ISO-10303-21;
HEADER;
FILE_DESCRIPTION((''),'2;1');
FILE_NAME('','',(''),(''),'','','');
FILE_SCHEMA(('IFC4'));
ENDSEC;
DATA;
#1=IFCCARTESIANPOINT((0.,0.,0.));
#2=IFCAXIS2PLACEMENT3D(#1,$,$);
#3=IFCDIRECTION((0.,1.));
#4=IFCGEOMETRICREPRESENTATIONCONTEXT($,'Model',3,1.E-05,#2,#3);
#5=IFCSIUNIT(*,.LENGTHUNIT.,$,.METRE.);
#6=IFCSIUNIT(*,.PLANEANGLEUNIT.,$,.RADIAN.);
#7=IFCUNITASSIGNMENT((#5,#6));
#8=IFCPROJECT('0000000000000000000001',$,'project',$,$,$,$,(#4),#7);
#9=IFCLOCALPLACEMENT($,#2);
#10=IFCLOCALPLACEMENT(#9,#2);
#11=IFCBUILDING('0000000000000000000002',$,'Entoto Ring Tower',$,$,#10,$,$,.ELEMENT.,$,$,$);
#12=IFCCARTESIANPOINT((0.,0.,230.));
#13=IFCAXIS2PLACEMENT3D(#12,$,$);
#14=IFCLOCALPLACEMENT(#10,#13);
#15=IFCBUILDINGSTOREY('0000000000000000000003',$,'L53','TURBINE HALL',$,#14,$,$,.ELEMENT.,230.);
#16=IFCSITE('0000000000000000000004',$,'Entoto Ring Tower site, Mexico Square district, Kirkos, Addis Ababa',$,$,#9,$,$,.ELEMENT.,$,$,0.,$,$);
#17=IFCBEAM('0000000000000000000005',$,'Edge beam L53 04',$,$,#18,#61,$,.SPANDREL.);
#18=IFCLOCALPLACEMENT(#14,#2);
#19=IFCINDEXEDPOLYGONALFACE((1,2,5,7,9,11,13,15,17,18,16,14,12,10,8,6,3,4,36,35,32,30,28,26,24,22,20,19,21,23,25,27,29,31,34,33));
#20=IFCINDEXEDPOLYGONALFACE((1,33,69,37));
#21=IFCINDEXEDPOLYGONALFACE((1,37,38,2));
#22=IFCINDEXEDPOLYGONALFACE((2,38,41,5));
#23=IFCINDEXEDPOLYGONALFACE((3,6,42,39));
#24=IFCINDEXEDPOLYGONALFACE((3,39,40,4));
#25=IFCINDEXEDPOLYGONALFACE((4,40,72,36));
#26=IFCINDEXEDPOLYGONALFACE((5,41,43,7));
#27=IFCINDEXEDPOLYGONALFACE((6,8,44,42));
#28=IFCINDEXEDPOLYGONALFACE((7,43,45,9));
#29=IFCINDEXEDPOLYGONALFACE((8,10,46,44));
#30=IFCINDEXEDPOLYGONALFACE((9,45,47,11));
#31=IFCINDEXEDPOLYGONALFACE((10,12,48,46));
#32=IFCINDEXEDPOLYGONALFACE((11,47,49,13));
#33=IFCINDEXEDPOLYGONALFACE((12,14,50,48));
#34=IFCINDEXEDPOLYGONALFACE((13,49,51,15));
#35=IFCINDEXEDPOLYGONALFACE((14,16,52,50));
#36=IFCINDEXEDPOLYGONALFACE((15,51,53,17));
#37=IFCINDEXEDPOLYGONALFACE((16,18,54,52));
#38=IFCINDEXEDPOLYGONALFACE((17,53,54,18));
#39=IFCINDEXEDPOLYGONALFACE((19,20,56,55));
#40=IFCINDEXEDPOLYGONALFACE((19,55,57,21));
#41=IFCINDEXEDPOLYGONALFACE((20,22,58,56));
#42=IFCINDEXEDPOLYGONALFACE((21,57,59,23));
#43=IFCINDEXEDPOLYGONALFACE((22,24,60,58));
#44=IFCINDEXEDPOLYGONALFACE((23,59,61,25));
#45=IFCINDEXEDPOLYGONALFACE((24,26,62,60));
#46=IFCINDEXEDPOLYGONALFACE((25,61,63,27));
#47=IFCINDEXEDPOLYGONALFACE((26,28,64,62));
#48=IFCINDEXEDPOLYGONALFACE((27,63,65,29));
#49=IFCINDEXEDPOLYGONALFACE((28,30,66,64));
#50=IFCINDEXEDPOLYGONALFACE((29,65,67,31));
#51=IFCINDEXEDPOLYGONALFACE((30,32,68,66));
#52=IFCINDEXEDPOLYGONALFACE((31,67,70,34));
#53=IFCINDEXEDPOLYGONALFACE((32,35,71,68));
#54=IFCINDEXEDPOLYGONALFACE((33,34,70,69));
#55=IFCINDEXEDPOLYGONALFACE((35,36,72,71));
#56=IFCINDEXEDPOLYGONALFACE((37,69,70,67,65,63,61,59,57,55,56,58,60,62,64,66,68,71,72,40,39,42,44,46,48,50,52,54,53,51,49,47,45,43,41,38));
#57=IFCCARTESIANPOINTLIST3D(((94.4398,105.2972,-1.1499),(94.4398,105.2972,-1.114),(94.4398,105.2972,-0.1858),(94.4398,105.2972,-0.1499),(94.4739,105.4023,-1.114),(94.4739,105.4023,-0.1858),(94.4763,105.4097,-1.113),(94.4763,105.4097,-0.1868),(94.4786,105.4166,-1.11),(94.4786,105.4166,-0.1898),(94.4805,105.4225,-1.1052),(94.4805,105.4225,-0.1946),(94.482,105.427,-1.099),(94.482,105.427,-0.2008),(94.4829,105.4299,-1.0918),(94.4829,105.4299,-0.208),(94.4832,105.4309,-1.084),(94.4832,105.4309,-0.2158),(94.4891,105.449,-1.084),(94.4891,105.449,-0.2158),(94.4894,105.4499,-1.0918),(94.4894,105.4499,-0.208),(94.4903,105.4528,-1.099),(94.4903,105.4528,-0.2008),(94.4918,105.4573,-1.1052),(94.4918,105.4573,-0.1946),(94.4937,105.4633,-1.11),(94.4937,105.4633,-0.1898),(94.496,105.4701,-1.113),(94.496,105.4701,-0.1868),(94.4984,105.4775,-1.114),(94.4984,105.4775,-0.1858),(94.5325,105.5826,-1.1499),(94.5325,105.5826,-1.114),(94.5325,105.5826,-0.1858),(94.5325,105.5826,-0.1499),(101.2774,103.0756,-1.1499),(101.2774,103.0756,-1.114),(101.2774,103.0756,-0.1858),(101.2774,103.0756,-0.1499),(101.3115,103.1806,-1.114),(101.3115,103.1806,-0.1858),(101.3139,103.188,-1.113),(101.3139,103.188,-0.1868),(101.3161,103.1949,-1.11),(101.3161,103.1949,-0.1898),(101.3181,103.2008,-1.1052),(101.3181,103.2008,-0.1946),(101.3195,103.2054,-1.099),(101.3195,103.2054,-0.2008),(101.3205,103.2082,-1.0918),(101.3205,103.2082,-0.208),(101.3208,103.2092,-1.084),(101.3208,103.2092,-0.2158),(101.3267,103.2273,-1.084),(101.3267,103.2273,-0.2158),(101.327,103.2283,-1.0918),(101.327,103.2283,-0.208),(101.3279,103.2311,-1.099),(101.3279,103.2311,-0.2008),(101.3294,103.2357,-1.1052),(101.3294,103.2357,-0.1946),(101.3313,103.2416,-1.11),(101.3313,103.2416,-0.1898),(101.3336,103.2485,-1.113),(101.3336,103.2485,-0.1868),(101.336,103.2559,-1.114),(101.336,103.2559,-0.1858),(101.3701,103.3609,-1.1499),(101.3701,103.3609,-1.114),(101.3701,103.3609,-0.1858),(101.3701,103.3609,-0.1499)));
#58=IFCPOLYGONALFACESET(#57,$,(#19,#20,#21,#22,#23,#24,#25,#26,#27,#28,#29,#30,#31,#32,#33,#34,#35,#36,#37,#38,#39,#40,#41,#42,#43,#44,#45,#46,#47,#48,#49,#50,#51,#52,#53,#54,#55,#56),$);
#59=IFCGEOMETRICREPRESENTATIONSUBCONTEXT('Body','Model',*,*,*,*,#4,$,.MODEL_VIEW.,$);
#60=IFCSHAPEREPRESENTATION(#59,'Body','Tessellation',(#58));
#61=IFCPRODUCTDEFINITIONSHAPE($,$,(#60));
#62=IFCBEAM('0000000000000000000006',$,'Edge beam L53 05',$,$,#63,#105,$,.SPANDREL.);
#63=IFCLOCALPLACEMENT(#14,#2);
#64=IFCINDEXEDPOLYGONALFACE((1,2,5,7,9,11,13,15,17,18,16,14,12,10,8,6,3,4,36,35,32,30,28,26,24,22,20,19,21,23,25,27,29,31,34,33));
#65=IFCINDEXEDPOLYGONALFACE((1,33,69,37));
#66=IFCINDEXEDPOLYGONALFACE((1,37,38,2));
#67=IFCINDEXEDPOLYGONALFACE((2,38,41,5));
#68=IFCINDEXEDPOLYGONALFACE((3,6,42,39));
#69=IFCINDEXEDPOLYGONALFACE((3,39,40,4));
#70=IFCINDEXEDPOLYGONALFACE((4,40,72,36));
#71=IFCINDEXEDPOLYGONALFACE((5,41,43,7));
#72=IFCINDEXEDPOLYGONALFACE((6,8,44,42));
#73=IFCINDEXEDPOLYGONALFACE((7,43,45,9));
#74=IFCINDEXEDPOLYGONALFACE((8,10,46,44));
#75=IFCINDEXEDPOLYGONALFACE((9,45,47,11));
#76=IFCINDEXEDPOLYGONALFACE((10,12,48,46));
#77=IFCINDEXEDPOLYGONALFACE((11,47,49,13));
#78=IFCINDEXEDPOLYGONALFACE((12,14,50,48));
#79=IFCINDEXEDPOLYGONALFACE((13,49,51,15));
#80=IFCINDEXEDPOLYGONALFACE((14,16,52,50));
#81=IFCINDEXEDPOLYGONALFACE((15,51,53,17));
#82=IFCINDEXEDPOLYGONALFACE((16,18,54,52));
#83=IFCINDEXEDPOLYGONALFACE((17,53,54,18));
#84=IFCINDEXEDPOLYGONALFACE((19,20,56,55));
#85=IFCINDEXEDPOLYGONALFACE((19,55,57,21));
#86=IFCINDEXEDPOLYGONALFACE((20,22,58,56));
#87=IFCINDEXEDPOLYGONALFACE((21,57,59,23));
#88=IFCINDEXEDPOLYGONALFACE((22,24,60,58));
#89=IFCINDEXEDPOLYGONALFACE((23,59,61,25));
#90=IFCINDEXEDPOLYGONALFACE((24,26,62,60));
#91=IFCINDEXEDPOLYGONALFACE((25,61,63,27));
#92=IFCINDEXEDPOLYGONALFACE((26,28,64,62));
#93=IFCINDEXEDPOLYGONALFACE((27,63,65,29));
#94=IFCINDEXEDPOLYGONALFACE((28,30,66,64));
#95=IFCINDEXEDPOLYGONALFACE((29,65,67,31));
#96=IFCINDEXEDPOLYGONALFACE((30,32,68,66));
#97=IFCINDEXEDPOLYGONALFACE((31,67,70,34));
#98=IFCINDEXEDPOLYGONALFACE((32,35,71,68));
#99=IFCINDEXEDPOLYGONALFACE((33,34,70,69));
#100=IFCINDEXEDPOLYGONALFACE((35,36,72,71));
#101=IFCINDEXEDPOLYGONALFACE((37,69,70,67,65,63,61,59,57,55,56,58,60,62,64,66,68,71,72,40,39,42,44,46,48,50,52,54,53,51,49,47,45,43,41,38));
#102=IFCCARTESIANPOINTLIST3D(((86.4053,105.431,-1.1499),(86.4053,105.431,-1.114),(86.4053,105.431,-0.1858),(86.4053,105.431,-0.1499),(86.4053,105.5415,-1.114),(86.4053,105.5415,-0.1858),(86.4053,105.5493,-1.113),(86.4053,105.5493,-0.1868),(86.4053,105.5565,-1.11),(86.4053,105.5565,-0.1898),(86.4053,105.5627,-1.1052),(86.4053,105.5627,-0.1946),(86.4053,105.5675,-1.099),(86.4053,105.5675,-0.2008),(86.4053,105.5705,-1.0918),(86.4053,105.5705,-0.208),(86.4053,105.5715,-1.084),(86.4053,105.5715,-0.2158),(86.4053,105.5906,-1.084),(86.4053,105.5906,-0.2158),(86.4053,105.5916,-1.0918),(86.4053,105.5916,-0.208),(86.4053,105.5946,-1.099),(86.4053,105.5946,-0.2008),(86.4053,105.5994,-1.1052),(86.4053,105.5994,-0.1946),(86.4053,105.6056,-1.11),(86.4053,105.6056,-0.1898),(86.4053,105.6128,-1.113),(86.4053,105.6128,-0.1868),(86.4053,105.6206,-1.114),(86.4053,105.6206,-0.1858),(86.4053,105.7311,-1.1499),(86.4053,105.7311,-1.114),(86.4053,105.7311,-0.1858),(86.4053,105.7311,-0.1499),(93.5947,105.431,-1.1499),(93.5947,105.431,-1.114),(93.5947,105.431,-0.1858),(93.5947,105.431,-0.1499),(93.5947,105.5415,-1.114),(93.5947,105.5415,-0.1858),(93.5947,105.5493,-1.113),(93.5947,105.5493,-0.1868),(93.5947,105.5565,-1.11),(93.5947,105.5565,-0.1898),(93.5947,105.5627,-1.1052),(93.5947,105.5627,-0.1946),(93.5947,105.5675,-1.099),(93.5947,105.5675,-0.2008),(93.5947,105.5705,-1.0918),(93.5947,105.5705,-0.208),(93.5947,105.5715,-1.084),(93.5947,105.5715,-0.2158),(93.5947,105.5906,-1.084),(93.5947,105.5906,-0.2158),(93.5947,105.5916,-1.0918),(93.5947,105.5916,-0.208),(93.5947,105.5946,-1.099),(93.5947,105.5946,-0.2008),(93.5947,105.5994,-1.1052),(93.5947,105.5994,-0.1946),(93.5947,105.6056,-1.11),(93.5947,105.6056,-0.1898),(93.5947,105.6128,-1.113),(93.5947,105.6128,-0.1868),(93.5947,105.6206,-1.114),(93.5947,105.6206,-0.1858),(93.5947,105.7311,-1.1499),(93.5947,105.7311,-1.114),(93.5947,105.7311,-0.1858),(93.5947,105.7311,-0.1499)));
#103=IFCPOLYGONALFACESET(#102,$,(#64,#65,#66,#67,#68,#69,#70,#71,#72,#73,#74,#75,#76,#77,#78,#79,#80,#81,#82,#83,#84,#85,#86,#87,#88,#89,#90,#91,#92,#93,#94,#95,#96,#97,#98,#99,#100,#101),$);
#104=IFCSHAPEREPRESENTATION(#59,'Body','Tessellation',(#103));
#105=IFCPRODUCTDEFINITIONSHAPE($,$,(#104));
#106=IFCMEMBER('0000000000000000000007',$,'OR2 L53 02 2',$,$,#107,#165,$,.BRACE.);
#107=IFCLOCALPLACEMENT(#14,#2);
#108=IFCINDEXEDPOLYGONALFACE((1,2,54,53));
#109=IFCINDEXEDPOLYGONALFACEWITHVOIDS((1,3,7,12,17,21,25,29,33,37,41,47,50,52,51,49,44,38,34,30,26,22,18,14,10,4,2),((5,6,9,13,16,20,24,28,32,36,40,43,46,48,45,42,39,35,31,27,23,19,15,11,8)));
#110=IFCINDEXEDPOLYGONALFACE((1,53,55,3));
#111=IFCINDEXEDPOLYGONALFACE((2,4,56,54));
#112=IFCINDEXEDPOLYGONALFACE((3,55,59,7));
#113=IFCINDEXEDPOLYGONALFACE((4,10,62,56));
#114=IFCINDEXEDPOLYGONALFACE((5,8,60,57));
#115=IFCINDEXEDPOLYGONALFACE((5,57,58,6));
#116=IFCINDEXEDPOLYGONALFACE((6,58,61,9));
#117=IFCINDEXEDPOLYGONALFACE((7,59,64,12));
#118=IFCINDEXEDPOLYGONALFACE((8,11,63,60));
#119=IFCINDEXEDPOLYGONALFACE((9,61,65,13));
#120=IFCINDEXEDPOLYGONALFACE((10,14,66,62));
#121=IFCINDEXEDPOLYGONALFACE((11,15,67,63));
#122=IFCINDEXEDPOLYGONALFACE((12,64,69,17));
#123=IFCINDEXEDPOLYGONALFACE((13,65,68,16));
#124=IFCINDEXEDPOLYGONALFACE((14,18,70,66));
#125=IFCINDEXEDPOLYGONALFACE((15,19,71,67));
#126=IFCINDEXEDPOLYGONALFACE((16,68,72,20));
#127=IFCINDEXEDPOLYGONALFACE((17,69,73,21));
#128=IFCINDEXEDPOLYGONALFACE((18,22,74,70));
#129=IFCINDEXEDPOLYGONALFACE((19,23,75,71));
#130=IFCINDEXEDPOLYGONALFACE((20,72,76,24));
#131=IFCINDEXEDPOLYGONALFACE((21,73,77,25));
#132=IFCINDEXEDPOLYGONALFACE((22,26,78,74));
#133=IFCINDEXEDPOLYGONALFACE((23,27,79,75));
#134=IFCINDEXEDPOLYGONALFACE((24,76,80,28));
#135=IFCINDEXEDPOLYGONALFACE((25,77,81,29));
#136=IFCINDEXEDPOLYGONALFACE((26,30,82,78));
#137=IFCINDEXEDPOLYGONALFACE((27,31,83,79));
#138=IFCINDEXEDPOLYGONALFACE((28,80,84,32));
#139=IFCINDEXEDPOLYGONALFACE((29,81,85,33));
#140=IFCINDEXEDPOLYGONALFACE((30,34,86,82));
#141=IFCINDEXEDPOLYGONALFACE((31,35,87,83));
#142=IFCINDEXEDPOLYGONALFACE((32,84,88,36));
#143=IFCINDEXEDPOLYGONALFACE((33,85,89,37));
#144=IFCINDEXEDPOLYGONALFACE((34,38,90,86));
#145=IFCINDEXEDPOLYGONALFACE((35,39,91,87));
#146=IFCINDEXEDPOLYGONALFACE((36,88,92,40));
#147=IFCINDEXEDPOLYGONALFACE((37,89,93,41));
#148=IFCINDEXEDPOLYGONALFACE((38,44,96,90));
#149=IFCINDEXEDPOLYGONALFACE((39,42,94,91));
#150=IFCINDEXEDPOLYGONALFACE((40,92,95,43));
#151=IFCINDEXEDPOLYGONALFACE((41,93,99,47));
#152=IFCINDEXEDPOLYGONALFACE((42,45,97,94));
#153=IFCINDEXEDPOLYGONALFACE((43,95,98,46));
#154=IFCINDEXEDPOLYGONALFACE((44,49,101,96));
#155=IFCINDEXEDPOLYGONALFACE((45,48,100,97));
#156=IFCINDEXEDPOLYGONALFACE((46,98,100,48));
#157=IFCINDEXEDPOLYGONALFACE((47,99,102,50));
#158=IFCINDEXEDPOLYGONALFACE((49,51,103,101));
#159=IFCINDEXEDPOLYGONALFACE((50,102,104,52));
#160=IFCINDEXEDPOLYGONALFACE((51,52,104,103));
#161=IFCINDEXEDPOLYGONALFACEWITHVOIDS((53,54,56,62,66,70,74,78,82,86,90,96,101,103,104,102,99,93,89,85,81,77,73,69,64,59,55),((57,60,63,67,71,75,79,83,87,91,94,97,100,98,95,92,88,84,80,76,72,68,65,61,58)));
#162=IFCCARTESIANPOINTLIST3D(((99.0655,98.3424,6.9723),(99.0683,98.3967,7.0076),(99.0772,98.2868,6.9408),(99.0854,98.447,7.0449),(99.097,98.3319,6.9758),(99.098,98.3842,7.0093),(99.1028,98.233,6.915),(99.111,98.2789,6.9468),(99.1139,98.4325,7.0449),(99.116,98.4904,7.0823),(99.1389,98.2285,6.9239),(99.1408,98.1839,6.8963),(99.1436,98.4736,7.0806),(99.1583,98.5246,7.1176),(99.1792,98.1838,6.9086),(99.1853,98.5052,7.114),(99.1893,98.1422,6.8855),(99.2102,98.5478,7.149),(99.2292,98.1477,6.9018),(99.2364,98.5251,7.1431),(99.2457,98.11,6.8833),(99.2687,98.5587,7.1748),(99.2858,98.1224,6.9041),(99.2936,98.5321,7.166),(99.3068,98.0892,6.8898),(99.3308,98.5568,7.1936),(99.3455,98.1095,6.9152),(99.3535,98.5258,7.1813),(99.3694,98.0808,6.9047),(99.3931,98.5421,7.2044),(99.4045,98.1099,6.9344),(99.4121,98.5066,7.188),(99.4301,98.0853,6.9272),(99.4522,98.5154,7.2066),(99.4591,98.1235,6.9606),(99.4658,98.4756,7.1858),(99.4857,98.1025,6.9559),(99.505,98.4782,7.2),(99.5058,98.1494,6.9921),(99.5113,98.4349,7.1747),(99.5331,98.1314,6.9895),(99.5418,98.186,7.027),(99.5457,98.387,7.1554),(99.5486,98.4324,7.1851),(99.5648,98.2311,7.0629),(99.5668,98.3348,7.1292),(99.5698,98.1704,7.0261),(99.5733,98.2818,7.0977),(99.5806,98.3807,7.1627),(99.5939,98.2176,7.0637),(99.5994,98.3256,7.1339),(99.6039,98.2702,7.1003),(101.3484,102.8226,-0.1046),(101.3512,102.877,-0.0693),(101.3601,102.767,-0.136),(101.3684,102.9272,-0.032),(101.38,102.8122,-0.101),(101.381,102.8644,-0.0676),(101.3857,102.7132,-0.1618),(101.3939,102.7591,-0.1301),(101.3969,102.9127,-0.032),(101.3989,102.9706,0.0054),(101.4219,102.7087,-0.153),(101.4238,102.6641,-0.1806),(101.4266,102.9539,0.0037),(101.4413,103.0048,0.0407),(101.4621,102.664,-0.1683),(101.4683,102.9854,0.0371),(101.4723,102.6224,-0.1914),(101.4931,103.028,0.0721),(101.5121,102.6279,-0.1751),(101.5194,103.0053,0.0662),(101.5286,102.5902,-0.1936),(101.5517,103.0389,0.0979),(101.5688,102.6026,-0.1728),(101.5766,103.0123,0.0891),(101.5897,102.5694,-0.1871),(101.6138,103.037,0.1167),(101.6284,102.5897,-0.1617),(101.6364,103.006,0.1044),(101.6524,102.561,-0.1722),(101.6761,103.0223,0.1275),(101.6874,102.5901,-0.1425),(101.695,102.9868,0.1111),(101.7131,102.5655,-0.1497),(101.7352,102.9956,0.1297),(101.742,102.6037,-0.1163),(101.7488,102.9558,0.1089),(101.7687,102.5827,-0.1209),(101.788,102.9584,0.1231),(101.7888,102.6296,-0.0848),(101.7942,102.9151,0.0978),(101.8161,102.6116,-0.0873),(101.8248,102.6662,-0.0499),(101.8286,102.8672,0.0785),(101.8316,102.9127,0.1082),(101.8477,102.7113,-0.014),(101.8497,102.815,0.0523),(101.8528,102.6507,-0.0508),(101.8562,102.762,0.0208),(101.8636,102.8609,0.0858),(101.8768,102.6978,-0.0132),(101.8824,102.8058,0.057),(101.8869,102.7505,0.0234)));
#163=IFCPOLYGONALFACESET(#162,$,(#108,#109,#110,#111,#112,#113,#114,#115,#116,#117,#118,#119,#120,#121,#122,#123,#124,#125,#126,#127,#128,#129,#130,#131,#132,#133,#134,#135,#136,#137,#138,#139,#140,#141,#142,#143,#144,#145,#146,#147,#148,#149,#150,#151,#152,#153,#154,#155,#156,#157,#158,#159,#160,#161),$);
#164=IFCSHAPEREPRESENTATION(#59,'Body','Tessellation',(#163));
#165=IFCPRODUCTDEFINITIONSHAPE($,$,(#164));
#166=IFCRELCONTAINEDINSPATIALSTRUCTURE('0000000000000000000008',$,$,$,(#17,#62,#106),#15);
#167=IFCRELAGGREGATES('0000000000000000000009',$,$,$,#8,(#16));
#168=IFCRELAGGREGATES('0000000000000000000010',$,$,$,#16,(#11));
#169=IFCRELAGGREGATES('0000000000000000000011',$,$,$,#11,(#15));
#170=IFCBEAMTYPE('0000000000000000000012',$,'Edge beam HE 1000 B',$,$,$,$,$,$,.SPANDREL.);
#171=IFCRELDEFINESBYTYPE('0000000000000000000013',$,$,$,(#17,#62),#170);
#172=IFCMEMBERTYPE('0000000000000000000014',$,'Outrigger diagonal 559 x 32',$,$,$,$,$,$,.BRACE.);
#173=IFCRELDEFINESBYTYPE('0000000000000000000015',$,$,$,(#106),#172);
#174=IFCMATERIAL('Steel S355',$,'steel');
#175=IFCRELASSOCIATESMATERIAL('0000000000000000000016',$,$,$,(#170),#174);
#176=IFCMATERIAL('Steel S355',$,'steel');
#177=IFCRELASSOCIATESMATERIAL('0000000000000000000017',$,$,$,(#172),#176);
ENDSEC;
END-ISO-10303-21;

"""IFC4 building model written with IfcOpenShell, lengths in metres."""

from ifc_helpers import new_model, si_unit, direction, frame, origin, origin_2d, place, context, subcontext, project, spatial, circle, hollow_circle, i_section, extrude, material, material_profile, profile_set, type_object, element, save


model = new_model("IFC4")

# Units and contexts
model_context = context("Model", 3, precision=1e-05, world=origin(), true_north=direction((0.0, 1.0)))
body_context = subcontext(model_context, "Body", "Model", "MODEL_VIEW")
ifc_project = project(units=[si_unit("LENGTHUNIT", "METRE"), si_unit("PLANEANGLEUNIT", "RADIAN")], contexts=[model_context])

# Site, building, storey
site_placement = place(None, origin())
site = spatial("IfcSite", under=ifc_project, at=site_placement, Name="Entoto Ring Tower site, Mexico Square district, Kirkos, Addis Ababa", CompositionType="ELEMENT", RefElevation=0.0)
building_placement = place(site_placement, origin())
building = spatial("IfcBuilding", under=site, at=building_placement, Name="Entoto Ring Tower", CompositionType="ELEMENT")
storey_placement = place(building_placement, frame((0.0, 0.0, 230.0)))
storey = spatial("IfcBuildingStorey", under=building, at=storey_placement, Name="L53", Description="TURBINE HALL", CompositionType="ELEMENT", Elevation=230.0)

# Beams
ifc_material_1 = material(Name="Steel S355", Category="steel")
ifc_material_profile_1 = material_profile(ifc_material_1, i_section(OverallWidth=0.3, OverallDepth=1.0, WebThickness=0.019, FlangeThickness=0.0359, FilletRadius=0.03, at=origin_2d()), Name="HE 1000 B")
ifc_profile_set_1 = profile_set([ifc_material_profile_1], Name="Steel S355")
beam_type_1 = type_object("IfcBeamType", Name="Edge beam HE 1000 B", PredefinedType="SPANDREL", material=ifc_profile_set_1)
for number, where, z_axis, x_axis, name in (
    (1, (101.3237, 103.2183, -0.6499), (-0.951057, 0.309016, 0.0), (-0.309016, -0.951057, 0.0), "Edge beam L53 04"),
    (2, (93.5947, 105.5811, -0.6499), (-1.0, 0.0, 0.0), (0.0, -1.0, 0.0), "Edge beam L53 05"),
):
    element("IfcBeam", number, at=place(storey_placement, frame(where, z_axis=z_axis, x_axis=x_axis)), inside=storey, type_object=beam_type_1, Name=name, PredefinedType="SPANDREL", context=body_context, shape_type="SweptSolid", body=[
        extrude(i_section(OverallWidth=0.3, OverallDepth=1.0, WebThickness=0.019, FlangeThickness=0.0359, FilletRadius=0.03, at=origin_2d()), origin(), (0.0, 0.0, 1.0), 7.1895),
    ])

# Member
ifc_material_2 = material(Name="Steel S355", Category="steel")
ifc_material_profile_2 = material_profile(ifc_material_2, hollow_circle(Radius=0.2795, WallThickness=0.032, at=origin_2d()), Name="CHS 559 x 32")
ifc_material_3 = material(Name="Concrete C60/75", Category="concrete")
ifc_material_profile_3 = material_profile(ifc_material_3, circle(Radius=0.2476, at=origin_2d()), Name="Concrete C60/75 infill")
ifc_profile_set_2 = profile_set([ifc_material_profile_2, ifc_material_profile_3], Name="Steel S355")
member_type_1 = type_object("IfcMemberType", Name="Outrigger diagonal 559 x 32", PredefinedType="BRACE", material=ifc_profile_set_2)
member_1_placement = place(storey_placement, frame((99.3345, 98.3201, 7.0449), z_axis=(0.262971, 0.516071, -0.815179), x_axis=(-0.890993, 0.454017, 0.0)))
element("IfcMember", 3, at=member_1_placement, inside=storey, type_object=member_type_1, Name="OR2 L53 02 2", PredefinedType="BRACE", context=body_context, shape_type="SweptSolid", body=[
    extrude(hollow_circle(Radius=0.2795, WallThickness=0.032, at=origin_2d()), origin(), (0.0, 0.0, 1.0), 8.6814),
])

save(model, "model.ifc")
